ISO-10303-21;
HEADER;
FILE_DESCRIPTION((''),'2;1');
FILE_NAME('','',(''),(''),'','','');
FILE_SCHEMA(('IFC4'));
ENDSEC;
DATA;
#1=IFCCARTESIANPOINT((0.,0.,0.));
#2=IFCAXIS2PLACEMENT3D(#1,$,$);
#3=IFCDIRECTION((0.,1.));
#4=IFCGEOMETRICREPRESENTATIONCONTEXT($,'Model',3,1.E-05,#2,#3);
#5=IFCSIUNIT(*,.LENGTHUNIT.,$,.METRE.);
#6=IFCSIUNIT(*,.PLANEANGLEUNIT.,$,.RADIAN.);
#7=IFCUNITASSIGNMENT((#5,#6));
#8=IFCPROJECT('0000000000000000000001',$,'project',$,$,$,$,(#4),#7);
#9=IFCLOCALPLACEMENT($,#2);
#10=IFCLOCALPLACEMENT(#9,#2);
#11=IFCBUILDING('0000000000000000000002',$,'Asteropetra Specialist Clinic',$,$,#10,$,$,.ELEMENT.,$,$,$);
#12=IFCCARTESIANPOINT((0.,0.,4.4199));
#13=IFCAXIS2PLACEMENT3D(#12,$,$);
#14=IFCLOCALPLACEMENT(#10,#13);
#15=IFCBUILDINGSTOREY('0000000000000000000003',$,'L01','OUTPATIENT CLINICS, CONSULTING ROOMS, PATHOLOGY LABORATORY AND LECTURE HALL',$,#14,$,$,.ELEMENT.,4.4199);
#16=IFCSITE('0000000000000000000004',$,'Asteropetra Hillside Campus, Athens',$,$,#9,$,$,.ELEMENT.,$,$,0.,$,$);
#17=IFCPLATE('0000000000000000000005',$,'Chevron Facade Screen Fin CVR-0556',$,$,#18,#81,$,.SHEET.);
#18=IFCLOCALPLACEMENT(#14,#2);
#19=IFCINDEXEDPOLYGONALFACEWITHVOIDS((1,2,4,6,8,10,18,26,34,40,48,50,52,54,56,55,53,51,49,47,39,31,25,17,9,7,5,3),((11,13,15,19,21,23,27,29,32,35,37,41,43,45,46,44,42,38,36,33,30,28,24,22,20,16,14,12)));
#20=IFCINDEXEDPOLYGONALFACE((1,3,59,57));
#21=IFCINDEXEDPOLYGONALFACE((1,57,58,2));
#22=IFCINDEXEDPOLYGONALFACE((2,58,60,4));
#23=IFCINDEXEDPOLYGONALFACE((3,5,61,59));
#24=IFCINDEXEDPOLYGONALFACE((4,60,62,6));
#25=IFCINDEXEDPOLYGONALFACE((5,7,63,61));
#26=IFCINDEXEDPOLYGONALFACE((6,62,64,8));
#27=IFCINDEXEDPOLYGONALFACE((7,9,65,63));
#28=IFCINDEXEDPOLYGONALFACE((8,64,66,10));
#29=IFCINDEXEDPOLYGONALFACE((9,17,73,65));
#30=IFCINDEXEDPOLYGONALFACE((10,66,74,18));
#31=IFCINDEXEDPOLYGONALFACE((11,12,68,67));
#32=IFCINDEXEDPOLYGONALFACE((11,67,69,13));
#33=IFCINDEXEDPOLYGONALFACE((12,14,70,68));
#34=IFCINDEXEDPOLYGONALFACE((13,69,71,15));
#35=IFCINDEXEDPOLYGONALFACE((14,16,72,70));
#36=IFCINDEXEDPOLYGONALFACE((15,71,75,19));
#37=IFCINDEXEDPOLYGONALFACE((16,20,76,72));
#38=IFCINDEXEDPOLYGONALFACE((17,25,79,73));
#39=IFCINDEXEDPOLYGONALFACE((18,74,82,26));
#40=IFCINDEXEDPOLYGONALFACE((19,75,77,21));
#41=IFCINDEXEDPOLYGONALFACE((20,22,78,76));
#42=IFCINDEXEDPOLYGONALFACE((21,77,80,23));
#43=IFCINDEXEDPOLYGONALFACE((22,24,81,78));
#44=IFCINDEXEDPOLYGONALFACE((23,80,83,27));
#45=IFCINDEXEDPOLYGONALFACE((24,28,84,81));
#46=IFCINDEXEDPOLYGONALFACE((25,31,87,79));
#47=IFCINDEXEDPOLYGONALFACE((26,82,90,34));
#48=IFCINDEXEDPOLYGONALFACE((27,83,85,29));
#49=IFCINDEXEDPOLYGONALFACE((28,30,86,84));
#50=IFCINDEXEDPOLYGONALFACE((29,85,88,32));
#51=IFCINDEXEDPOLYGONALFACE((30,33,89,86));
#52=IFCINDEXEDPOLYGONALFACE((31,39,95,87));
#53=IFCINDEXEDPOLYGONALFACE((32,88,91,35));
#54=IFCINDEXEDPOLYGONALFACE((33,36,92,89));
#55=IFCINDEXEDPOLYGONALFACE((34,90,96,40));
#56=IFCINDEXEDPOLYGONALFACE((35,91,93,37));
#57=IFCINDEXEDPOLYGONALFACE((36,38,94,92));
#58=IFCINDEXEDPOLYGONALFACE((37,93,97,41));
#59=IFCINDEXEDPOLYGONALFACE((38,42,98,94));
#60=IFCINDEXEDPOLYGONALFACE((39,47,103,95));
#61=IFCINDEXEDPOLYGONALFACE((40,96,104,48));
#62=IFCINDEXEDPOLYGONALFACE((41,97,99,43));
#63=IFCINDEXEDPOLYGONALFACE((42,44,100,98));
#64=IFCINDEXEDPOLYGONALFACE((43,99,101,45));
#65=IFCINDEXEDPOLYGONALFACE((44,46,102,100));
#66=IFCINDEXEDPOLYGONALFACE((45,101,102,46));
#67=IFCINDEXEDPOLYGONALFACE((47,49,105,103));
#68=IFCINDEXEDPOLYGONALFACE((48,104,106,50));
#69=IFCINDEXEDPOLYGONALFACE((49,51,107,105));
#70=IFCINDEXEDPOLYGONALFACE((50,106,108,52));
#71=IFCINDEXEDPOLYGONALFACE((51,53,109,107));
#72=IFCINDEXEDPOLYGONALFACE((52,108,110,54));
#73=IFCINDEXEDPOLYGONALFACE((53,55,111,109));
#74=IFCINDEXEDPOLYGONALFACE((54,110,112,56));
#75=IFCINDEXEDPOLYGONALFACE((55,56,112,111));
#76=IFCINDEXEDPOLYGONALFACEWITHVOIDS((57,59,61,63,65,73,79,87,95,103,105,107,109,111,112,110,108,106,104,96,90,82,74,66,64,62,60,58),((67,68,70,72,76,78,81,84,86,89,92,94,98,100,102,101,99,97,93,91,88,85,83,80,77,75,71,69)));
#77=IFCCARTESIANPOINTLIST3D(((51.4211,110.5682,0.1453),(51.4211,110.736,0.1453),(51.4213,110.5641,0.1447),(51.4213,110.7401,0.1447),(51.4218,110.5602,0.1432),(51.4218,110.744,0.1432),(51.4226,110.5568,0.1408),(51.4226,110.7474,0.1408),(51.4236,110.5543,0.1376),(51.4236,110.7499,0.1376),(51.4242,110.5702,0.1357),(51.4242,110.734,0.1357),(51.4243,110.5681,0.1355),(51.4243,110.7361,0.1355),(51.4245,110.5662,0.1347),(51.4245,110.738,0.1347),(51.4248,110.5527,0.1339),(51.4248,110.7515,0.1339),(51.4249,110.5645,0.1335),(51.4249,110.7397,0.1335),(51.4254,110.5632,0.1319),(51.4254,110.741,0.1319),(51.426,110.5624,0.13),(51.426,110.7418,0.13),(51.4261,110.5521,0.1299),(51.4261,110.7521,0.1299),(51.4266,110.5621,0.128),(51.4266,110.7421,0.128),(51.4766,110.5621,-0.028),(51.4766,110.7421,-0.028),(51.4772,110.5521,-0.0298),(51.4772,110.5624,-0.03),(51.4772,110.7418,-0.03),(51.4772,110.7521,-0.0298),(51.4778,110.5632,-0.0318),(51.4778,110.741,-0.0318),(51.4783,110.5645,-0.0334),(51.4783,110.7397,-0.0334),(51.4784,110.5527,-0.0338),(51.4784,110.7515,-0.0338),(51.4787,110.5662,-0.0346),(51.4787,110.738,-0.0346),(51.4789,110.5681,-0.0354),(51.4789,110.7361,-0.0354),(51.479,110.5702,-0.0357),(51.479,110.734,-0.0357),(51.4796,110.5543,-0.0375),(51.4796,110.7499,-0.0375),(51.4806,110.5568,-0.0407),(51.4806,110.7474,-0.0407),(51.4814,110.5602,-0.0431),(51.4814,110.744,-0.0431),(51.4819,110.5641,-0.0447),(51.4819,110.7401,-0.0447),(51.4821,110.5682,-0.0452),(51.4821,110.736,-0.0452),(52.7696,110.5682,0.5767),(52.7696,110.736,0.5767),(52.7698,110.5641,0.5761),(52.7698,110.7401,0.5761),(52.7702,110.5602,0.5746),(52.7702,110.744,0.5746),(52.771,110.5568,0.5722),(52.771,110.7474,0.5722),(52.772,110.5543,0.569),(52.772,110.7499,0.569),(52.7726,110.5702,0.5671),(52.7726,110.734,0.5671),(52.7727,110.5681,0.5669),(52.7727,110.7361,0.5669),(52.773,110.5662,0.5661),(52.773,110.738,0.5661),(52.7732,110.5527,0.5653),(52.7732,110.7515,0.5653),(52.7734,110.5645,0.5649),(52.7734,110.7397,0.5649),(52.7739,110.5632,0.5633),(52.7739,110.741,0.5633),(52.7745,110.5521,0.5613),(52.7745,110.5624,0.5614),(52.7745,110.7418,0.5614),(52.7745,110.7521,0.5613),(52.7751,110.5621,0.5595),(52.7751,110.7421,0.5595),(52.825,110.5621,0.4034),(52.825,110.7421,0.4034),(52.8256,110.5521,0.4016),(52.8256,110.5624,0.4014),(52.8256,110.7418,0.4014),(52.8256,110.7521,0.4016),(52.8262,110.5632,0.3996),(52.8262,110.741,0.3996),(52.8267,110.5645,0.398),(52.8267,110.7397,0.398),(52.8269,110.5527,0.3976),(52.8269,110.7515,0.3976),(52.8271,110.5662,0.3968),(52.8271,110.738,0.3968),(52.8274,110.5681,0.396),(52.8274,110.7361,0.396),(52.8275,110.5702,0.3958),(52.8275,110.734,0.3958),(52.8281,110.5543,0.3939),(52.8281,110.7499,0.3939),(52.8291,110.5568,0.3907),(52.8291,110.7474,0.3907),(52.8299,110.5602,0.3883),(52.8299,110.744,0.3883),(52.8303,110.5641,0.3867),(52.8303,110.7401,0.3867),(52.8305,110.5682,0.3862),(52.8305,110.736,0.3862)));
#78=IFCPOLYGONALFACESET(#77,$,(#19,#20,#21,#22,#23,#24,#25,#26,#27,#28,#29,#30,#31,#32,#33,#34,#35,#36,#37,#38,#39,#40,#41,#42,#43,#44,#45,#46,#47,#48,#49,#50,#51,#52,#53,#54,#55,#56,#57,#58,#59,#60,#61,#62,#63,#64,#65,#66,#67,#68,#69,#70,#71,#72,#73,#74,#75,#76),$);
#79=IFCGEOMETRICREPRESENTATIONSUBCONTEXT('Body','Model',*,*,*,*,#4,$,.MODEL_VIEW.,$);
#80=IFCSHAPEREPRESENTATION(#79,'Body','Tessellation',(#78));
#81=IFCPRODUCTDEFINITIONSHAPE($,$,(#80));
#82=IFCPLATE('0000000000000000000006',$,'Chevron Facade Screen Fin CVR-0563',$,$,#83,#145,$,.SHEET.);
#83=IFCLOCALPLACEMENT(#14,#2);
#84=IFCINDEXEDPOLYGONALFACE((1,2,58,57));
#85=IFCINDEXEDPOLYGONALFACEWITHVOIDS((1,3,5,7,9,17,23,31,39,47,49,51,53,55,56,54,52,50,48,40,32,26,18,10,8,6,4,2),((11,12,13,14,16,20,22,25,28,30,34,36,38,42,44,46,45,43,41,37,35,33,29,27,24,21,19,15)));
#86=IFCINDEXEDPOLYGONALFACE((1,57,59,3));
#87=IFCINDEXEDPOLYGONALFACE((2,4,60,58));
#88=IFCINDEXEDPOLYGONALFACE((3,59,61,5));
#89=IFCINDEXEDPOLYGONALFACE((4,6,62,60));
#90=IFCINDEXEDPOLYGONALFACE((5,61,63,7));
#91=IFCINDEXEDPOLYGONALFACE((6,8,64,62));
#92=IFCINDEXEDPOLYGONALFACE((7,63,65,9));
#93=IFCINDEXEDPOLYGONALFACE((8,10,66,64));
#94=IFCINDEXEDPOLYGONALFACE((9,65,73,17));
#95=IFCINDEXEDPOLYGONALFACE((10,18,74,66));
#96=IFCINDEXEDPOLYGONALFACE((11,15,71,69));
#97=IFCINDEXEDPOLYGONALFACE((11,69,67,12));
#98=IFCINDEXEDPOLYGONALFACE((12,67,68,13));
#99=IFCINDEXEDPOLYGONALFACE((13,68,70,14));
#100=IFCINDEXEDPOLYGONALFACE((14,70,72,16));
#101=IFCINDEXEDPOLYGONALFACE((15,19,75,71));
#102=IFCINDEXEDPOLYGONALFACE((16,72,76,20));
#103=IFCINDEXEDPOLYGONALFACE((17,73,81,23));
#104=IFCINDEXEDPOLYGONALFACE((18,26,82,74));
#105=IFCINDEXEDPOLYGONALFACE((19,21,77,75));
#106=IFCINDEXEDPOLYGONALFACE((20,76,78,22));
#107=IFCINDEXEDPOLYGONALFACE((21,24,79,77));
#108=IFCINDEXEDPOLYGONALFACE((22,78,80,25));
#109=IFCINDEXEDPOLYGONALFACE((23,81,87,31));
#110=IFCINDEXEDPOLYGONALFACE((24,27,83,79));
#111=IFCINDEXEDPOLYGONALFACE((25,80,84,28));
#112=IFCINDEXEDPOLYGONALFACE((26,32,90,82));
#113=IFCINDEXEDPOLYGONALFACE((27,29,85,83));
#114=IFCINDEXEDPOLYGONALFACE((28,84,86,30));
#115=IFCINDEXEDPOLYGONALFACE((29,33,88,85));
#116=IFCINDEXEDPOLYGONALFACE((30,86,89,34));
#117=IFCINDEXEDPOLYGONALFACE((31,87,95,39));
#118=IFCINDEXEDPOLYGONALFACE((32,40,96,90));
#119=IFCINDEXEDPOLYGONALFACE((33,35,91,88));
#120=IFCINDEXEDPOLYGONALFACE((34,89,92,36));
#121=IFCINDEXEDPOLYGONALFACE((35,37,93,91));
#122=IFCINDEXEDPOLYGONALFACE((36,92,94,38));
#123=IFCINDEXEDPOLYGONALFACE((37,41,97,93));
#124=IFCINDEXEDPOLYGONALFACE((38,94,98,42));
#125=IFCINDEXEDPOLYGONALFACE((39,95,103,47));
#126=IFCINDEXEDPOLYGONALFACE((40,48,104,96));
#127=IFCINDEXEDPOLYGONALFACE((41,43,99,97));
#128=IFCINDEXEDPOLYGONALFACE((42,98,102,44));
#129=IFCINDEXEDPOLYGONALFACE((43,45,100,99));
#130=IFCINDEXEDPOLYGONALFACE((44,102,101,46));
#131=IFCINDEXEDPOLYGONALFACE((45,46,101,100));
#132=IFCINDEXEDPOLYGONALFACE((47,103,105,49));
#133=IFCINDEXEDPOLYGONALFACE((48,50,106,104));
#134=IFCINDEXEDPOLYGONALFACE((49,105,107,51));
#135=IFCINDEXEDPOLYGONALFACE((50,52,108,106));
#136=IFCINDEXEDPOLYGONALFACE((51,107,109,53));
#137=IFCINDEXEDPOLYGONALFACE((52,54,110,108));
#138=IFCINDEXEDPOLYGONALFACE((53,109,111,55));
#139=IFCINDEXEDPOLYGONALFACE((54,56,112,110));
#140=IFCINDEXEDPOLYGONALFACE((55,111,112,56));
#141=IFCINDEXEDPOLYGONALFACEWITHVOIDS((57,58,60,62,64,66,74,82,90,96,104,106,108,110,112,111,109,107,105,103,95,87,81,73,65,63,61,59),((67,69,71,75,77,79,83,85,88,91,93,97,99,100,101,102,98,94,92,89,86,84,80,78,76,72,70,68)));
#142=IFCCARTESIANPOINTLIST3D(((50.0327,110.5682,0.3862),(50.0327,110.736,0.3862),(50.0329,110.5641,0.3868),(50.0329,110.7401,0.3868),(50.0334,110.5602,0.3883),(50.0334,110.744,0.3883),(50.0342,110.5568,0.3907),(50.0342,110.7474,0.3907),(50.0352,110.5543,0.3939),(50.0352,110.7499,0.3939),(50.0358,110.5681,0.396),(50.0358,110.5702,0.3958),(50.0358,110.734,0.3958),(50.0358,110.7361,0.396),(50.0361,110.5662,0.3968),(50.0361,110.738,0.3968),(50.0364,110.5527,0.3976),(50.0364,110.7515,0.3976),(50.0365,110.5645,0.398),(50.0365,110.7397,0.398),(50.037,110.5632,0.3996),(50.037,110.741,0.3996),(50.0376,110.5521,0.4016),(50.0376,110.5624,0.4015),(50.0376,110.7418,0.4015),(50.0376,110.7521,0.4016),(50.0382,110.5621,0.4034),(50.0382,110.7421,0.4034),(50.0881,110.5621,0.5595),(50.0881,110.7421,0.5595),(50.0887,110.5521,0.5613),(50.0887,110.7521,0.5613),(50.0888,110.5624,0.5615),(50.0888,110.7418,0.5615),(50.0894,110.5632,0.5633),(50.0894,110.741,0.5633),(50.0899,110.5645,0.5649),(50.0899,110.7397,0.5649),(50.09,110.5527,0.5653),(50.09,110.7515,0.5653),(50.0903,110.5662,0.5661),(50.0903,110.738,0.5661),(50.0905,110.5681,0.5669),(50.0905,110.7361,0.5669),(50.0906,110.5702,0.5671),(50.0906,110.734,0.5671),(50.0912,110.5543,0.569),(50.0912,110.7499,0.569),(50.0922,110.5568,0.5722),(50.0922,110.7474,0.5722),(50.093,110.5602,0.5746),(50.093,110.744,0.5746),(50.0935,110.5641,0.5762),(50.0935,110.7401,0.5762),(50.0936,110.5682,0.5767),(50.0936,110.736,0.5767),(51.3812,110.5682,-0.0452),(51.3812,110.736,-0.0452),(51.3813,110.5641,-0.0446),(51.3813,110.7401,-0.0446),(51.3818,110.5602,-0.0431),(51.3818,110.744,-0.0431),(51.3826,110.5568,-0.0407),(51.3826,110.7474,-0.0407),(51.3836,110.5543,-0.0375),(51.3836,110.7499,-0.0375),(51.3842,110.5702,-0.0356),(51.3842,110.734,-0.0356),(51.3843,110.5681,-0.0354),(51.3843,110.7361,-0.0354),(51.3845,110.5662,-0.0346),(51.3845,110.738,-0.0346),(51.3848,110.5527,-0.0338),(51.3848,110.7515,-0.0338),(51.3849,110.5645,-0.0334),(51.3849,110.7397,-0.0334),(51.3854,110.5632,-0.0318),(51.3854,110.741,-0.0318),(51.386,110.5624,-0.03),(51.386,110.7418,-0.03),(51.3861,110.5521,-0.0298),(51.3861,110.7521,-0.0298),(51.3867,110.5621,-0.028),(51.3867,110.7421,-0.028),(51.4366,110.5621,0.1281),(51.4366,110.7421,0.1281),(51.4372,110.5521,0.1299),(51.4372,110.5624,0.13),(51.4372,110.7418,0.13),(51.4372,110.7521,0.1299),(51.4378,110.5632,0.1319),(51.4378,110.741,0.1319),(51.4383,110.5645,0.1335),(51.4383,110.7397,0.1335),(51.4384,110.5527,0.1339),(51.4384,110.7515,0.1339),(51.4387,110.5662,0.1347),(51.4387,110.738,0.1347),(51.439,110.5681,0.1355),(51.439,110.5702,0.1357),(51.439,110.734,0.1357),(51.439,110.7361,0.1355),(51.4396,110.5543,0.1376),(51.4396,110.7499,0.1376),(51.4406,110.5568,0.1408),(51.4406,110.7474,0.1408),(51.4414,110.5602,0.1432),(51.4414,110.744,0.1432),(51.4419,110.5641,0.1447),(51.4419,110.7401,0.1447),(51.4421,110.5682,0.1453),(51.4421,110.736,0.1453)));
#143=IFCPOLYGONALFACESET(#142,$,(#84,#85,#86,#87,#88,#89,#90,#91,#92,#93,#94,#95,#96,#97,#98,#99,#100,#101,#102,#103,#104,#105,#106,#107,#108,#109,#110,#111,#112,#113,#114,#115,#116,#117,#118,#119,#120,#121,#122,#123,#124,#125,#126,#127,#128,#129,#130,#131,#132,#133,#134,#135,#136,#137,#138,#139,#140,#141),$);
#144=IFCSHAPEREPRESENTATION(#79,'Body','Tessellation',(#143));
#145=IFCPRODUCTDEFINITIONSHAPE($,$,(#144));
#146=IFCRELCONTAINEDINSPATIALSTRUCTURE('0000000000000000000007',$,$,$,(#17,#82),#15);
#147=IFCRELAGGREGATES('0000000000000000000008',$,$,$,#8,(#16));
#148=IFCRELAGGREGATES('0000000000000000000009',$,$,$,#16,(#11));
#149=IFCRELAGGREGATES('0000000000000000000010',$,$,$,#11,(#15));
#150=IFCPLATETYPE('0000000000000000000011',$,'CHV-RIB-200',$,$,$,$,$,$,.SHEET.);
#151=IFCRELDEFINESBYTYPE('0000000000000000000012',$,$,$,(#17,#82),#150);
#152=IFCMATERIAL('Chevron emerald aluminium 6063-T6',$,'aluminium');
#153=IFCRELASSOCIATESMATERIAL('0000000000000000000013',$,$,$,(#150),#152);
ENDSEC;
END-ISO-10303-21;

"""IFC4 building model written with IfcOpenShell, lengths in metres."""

from ifc_helpers import new_model, si_unit, direction, frame, origin, origin_2d, place, context, subcontext, project, spatial, hollow_rectangle, extrude, material, material_profile, profile_set, type_object, element, save


model = new_model("IFC4")

# Units and contexts
model_context = context("Model", 3, precision=1e-05, world=origin(), true_north=direction((0.0, 1.0)))
body_context = subcontext(model_context, "Body", "Model", "MODEL_VIEW")
ifc_project = project(units=[si_unit("LENGTHUNIT", "METRE"), si_unit("PLANEANGLEUNIT", "RADIAN")], contexts=[model_context])

# Site, building, storey
site_placement = place(None, origin())
site = spatial("IfcSite", under=ifc_project, at=site_placement, Name="Asteropetra Hillside Campus, Athens", CompositionType="ELEMENT", RefElevation=0.0)
building_placement = place(site_placement, origin())
building = spatial("IfcBuilding", under=site, at=building_placement, Name="Asteropetra Specialist Clinic", CompositionType="ELEMENT")
storey_placement = place(building_placement, frame((0.0, 0.0, 4.4199)))
storey = spatial("IfcBuildingStorey", under=building, at=storey_placement, Name="L01", Description="OUTPATIENT CLINICS, CONSULTING ROOMS, PATHOLOGY LABORATORY AND LECTURE HALL", CompositionType="ELEMENT", Elevation=4.4199)

# Plates
ifc_material_1 = material(Name="Chevron emerald aluminium 6063-T6", Category="aluminium")
ifc_material_profile = material_profile(ifc_material_1, hollow_rectangle(XDim=0.2, YDim=0.2, WallThickness=0.01, InnerFilletRadius=0.0081, OuterFilletRadius=0.0161, at=origin_2d()), Name="SHS 200x200x10.0")
ifc_profile_set = profile_set([ifc_material_profile], Name="Chevron emerald aluminium 6063-T6")
plate_type_1 = type_object("IfcPlateType", Name="CHV-RIB-200", PredefinedType="SHEET", material=ifc_profile_set)
for number, where, z_axis, x_axis, name in (
    (1, (52.8, 110.6521, 0.4814), (-0.952442, 0.0, -0.304719), (0.0, -1.0, 0.0), "Chevron Facade Screen Fin CVR-0556"),
    (2, (51.4116, 110.6521, 0.05), (-0.952442, 0.0, 0.304719), (0.0, -1.0, 0.0), "Chevron Facade Screen Fin CVR-0563"),
):
    element("IfcPlate", number, at=place(storey_placement, frame(where, z_axis=z_axis, x_axis=x_axis)), inside=storey, type_object=plate_type_1, Name=name, PredefinedType="SHEET", context=body_context, shape_type="SweptSolid", body=[
        extrude(hollow_rectangle(XDim=0.2, YDim=0.2, WallThickness=0.01, InnerFilletRadius=0.0081, OuterFilletRadius=0.0161, at=origin_2d()), origin(), (0.0, 0.0, 1.0), 1.4158),
    ])

save(model, "model.ifc")
